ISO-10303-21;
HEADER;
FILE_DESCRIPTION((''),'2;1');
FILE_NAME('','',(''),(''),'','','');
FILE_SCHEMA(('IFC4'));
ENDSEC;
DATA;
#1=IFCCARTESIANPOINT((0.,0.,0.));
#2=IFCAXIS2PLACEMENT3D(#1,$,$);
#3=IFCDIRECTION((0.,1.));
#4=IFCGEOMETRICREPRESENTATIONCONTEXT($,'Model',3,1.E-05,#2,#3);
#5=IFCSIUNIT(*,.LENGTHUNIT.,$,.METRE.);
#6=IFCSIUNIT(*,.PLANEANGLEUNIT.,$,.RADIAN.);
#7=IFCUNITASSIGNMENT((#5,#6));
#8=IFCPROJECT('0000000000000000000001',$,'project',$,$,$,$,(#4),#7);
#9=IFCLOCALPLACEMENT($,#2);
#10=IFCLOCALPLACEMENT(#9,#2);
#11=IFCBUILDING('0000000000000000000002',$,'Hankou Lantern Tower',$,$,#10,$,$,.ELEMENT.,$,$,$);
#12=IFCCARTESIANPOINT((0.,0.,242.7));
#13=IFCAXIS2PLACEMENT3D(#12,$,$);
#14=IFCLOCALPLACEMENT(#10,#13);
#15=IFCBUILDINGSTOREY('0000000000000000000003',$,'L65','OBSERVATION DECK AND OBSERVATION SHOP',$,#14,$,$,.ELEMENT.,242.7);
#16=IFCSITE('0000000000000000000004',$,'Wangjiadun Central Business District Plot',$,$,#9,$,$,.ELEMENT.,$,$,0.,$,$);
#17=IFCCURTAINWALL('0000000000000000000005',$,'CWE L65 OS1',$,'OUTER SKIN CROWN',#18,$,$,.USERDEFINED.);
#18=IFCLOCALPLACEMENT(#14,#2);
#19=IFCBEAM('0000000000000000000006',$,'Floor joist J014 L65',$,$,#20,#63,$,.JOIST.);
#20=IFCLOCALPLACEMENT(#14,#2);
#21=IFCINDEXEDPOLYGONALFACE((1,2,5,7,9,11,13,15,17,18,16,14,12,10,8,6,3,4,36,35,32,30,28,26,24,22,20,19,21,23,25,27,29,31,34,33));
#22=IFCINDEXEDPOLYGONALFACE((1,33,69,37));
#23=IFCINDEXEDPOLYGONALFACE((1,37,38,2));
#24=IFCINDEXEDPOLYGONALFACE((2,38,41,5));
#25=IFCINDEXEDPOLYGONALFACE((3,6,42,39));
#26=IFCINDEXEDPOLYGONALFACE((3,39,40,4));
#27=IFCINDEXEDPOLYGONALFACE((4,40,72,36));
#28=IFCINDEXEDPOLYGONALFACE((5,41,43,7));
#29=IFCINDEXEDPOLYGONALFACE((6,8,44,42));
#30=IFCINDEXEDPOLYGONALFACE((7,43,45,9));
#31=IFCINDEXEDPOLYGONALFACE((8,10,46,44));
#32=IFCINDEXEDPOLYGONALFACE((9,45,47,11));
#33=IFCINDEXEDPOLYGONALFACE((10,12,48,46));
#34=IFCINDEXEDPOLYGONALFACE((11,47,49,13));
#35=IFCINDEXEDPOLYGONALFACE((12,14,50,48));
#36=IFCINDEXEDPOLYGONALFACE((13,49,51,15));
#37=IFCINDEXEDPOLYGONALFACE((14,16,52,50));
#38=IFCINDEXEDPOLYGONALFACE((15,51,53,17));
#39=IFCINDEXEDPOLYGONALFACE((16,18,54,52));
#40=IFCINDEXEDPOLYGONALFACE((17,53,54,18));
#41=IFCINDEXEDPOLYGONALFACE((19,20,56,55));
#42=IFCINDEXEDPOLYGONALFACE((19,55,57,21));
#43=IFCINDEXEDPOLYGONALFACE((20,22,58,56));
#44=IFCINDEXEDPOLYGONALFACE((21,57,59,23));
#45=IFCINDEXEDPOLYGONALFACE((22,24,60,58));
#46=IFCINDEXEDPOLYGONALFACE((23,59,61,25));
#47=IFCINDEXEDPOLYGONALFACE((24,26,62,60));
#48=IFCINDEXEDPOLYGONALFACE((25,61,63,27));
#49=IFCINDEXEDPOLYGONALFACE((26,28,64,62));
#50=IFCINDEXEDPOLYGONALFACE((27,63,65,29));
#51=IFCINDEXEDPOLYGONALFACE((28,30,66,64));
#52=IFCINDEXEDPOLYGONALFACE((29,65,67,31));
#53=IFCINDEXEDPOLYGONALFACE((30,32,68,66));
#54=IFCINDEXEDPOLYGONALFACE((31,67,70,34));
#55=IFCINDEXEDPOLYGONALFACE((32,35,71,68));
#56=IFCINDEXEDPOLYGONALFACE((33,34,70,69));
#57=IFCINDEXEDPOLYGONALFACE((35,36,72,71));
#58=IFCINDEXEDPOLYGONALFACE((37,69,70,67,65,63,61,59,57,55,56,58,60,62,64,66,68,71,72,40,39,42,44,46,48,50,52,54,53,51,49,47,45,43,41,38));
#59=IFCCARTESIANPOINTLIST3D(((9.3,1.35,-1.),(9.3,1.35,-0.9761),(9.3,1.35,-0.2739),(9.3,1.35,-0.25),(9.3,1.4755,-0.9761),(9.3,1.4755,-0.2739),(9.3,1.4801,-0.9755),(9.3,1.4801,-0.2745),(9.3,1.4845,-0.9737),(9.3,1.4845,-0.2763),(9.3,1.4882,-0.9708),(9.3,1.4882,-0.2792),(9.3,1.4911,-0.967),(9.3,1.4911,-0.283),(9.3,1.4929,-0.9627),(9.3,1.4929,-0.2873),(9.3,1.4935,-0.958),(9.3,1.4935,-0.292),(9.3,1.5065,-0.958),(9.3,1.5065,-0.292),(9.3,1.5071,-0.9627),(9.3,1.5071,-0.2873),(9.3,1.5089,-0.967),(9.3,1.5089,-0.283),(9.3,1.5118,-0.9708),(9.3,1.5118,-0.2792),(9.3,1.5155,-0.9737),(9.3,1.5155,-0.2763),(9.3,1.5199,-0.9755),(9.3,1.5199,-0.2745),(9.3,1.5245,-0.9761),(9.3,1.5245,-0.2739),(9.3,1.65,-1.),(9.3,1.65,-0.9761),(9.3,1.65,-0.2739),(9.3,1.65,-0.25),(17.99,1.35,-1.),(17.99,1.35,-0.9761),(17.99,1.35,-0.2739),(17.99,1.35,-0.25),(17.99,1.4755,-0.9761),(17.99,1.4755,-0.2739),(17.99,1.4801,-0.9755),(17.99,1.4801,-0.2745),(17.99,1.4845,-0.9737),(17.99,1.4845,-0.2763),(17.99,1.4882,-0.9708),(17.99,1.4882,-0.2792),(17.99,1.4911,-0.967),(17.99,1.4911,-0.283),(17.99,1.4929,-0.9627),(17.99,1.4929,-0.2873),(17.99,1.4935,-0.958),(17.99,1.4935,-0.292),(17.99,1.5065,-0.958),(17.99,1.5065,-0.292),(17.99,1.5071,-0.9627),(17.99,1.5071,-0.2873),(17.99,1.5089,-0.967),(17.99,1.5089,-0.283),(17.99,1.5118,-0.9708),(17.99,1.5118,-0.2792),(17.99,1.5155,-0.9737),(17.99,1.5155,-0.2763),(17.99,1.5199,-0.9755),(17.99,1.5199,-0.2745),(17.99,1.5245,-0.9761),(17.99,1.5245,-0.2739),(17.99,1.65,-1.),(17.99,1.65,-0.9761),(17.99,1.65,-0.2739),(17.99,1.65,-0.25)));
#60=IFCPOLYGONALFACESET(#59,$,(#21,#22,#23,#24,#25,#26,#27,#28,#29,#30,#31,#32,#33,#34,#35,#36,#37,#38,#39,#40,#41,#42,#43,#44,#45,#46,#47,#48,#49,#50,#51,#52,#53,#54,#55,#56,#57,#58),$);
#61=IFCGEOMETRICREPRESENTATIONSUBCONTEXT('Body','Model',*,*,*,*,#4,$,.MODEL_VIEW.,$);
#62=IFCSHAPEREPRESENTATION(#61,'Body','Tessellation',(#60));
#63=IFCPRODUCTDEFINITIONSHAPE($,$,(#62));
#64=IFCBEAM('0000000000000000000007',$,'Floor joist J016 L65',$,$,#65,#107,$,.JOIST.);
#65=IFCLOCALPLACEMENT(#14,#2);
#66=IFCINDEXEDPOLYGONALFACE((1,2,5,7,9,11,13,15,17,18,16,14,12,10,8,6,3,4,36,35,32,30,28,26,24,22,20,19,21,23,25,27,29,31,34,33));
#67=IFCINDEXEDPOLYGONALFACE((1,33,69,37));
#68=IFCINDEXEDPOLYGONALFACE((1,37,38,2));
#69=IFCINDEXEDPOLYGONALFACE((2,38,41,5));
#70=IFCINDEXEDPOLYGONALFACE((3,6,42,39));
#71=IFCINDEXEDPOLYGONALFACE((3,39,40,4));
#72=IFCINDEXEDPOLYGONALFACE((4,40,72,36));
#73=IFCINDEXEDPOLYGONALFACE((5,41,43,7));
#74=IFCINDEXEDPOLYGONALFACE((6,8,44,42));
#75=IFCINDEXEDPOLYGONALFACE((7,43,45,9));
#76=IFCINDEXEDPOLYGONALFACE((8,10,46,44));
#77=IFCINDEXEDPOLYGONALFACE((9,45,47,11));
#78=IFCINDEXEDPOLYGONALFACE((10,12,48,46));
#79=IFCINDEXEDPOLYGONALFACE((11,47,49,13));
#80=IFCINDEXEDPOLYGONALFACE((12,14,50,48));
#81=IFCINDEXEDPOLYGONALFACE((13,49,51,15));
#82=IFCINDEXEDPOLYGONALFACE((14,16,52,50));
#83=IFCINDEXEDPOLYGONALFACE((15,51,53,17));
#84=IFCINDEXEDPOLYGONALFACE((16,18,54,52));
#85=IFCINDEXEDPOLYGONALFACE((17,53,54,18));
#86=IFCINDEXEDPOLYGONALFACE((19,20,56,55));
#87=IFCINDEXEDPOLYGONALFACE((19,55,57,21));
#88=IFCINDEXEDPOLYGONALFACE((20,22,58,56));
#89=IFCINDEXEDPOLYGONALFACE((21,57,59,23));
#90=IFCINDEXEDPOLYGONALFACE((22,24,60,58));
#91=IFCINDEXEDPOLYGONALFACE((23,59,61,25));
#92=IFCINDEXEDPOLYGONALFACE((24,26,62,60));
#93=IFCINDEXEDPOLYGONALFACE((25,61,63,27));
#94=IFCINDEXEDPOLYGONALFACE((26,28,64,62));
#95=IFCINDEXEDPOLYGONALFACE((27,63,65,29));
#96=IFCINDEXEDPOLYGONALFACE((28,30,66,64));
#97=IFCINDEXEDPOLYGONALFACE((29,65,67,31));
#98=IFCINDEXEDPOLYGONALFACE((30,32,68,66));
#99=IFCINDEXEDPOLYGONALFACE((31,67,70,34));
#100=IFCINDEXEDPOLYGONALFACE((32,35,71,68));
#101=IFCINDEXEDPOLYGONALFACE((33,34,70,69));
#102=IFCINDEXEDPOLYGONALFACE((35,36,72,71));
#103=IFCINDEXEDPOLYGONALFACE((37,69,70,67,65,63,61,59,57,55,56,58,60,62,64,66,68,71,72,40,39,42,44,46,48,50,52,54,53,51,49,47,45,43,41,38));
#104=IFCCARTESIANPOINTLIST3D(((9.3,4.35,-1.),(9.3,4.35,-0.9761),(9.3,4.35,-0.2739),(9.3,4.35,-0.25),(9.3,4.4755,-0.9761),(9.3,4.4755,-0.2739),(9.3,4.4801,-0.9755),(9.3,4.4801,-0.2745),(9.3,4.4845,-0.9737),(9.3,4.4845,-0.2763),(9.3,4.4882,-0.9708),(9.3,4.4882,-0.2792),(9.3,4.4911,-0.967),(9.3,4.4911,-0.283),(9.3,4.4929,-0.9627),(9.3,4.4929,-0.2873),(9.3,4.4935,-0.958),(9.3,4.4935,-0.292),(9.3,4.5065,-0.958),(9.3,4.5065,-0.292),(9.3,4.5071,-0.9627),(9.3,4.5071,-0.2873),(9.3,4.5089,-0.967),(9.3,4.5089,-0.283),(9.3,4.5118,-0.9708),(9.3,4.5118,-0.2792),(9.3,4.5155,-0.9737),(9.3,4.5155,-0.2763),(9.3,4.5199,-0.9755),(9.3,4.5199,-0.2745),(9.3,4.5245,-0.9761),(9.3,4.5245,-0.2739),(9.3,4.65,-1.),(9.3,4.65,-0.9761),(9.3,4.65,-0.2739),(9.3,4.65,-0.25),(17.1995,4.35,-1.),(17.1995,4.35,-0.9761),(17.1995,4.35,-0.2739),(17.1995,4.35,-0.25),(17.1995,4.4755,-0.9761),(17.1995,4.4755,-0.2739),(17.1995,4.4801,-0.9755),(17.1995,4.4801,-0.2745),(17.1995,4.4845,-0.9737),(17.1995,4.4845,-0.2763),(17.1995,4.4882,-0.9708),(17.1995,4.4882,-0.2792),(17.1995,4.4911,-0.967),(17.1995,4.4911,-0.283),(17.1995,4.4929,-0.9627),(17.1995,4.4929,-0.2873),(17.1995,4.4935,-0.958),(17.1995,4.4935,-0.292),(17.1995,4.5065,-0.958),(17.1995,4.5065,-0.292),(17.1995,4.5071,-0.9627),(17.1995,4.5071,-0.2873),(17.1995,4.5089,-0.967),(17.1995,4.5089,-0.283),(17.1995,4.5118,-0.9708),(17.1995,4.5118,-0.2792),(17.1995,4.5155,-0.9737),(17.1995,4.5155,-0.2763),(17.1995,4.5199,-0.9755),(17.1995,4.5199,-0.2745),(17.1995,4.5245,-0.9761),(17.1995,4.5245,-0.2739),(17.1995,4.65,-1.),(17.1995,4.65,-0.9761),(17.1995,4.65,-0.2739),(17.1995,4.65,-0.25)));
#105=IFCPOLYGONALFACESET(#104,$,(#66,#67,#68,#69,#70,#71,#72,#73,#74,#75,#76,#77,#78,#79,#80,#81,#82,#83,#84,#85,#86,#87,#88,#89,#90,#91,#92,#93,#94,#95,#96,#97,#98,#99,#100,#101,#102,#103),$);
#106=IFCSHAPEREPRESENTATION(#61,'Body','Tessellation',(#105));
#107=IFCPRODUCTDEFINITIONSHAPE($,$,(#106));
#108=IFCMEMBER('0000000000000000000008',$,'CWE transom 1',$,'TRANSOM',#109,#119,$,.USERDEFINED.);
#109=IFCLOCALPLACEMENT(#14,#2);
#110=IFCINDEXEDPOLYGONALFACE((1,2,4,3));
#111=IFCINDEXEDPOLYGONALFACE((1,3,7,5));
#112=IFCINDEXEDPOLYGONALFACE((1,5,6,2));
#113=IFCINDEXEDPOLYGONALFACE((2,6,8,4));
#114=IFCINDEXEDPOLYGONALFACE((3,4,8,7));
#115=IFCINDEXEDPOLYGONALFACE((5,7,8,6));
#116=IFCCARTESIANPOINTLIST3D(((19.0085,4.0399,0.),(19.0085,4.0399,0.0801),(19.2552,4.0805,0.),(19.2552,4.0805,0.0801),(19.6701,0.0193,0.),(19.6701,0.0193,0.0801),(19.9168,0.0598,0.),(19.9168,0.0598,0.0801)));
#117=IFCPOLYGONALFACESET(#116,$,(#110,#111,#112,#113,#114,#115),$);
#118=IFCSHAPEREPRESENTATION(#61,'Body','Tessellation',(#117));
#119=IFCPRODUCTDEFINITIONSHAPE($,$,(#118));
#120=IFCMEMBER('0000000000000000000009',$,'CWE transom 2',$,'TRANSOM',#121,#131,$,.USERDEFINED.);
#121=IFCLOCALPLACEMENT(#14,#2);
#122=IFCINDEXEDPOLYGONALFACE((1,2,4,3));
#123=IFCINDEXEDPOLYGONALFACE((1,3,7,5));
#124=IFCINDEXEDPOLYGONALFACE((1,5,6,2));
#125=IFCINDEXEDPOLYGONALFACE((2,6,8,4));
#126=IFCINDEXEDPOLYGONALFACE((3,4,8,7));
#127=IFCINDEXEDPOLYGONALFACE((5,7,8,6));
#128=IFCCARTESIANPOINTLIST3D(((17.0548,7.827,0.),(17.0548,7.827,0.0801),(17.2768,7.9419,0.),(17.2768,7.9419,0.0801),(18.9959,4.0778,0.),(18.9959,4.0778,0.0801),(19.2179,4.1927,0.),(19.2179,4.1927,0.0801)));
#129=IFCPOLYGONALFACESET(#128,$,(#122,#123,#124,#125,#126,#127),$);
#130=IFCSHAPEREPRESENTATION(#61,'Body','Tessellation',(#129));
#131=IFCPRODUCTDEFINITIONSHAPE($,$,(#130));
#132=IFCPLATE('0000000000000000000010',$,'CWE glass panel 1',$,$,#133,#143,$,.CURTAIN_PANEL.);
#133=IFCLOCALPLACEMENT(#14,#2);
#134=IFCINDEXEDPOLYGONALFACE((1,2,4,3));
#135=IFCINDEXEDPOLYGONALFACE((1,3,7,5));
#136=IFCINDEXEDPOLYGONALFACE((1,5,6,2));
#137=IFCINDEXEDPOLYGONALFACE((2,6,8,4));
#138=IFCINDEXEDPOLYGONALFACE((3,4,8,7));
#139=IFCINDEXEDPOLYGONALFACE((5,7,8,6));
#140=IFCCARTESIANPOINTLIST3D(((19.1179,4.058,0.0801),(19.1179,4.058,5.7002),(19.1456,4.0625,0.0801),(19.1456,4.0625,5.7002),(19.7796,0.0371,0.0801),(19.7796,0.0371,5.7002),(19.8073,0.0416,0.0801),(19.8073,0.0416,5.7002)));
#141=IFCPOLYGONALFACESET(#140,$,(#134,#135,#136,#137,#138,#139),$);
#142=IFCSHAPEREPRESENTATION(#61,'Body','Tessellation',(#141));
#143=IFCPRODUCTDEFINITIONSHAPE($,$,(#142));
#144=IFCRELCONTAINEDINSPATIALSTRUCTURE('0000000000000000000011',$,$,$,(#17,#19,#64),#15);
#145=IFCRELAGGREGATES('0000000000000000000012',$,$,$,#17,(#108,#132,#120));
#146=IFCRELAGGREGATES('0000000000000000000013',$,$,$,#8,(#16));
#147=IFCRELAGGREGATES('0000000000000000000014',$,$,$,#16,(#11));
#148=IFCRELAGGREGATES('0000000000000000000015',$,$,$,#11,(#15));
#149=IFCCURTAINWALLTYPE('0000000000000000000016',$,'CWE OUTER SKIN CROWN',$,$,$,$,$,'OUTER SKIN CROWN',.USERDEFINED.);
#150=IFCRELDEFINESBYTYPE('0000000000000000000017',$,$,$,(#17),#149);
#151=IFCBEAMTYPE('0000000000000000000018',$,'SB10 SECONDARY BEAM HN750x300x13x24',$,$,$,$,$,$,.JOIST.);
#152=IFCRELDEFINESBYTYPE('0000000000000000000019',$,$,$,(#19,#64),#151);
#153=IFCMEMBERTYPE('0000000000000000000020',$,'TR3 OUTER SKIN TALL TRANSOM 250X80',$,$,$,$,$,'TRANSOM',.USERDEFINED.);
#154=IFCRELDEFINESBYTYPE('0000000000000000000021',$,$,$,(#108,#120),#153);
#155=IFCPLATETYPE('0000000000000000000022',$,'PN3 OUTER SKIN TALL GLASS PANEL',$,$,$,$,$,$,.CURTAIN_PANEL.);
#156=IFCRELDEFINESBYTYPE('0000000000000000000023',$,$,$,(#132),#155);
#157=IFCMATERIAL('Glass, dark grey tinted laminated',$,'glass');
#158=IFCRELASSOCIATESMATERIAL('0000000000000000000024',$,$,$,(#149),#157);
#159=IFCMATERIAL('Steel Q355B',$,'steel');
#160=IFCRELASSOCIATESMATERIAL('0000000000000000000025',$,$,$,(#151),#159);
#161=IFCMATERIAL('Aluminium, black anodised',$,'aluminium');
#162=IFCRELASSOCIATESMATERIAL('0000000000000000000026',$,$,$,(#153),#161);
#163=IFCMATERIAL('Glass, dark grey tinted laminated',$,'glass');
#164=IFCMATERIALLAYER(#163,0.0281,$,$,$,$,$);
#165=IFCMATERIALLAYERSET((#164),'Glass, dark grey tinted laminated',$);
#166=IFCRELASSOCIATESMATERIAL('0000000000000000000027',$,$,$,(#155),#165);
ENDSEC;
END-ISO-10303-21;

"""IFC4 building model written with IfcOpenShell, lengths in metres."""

from ifc_helpers import new_model, si_unit, direction, frame, origin, origin_2d, place, context, subcontext, project, spatial, rectangle, i_section, extrude, material, layer, layer_set, material_profile, profile_set, type_object, element, aggregate, save


model = new_model("IFC4")

# Units and contexts
model_context = context("Model", 3, precision=1e-05, world=origin(), true_north=direction((0.0, 1.0)))
body_context = subcontext(model_context, "Body", "Model", "MODEL_VIEW")
ifc_project = project(units=[si_unit("LENGTHUNIT", "METRE"), si_unit("PLANEANGLEUNIT", "RADIAN")], contexts=[model_context])

# Site, building, storey
site_placement = place(None, origin())
site = spatial("IfcSite", under=ifc_project, at=site_placement, Name="Wangjiadun Central Business District Plot", CompositionType="ELEMENT", RefElevation=0.0)
building_placement = place(site_placement, origin())
building = spatial("IfcBuilding", under=site, at=building_placement, Name="Hankou Lantern Tower", CompositionType="ELEMENT")
storey_placement = place(building_placement, frame((0.0, 0.0, 242.7)))
storey = spatial("IfcBuildingStorey", under=building, at=storey_placement, Name="L65", Description="OBSERVATION DECK AND OBSERVATION SHOP", CompositionType="ELEMENT", Elevation=242.7)

# Curtain wall
ifc_material_1 = material(Name="Glass, dark grey tinted laminated", Category="glass")
curtain_wall_type = type_object("IfcCurtainWallType", Name="CWE OUTER SKIN CROWN", ElementType="OUTER SKIN CROWN", PredefinedType="USERDEFINED", material=ifc_material_1)
curtain_wall_placement = place(storey_placement, origin())
curtain_wall = element("IfcCurtainWall", 1, at=curtain_wall_placement, inside=storey, type_object=curtain_wall_type, Name="CWE L65 OS1", ObjectType="OUTER SKIN CROWN", PredefinedType="USERDEFINED")

# Beams
ifc_material_2 = material(Name="Steel Q355B", Category="steel")
ifc_material_profile_1 = material_profile(ifc_material_2, i_section(OverallWidth=0.3, OverallDepth=0.75, WebThickness=0.0129, FlangeThickness=0.0239, FilletRadius=0.0181, at=origin_2d()), Name="HN750x300x13x24")
ifc_profile_set_1 = profile_set([ifc_material_profile_1], Name="Steel Q355B")
beam_type_1 = type_object("IfcBeamType", Name="SB10 SECONDARY BEAM HN750x300x13x24", PredefinedType="JOIST", material=ifc_profile_set_1)
beam_1_placement = place(storey_placement, frame((9.3, 1.5, -0.625), z_axis=(1.0, 0.0, 0.0), x_axis=(0.0, 1.0, 0.0)))
element("IfcBeam", 2, at=beam_1_placement, inside=storey, type_object=beam_type_1, Name="Floor joist J014 L65", PredefinedType="JOIST", context=body_context, shape_type="SweptSolid", body=[
    extrude(i_section(OverallWidth=0.3, OverallDepth=0.75, WebThickness=0.0129, FlangeThickness=0.0239, FilletRadius=0.0181, at=origin_2d()), origin(), (0.0, 0.0, 1.0), 8.6899),
])
beam_2_placement = place(storey_placement, frame((9.3, 4.5, -0.625), z_axis=(1.0, 0.0, 0.0), x_axis=(0.0, 1.0, 0.0)))
element("IfcBeam", 3, at=beam_2_placement, inside=storey, type_object=beam_type_1, Name="Floor joist J016 L65", PredefinedType="JOIST", context=body_context, shape_type="SweptSolid", body=[
    extrude(i_section(OverallWidth=0.3, OverallDepth=0.75, WebThickness=0.0129, FlangeThickness=0.0239, FilletRadius=0.0181, at=origin_2d()), origin(), (0.0, 0.0, 1.0), 7.8994),
])

# Members
ifc_material_3 = material(Name="Aluminium, black anodised", Category="aluminium")
ifc_material_profile_2 = material_profile(ifc_material_3, rectangle(XDim=0.25, YDim=0.0801, at=origin_2d()), Name="TR3 250X80")
ifc_profile_set_2 = profile_set([ifc_material_profile_2], Name="Aluminium, black anodised")
member_type_1 = type_object("IfcMemberType", Name="TR3 OUTER SKIN TALL TRANSOM 250X80", ElementType="TRANSOM", PredefinedType="USERDEFINED", material=ifc_profile_set_2)
member_1_placement = place(storey_placement, frame((19.7935, 0.0396, 0.04), z_axis=(-0.162368, 0.98673, 0.0), x_axis=(-0.98673, -0.162368, 0.0)))
member_1 = element("IfcMember", 4, at=member_1_placement, type_object=member_type_1, Name="CWE transom 1", ObjectType="TRANSOM", PredefinedType="USERDEFINED", context=body_context, shape_type="SweptSolid", body=[
    extrude(rectangle(XDim=0.25, YDim=0.0801, at=origin_2d()), origin(), (0.0, 0.0, 1.0), 4.0747),
])
member_2_placement = place(storey_placement, frame((19.1069, 4.1353, 0.04), z_axis=(-0.459775, 0.888035, 0.0), x_axis=(-0.888035, -0.459775, 0.0)))
member_2 = element("IfcMember", 5, at=member_2_placement, type_object=member_type_1, Name="CWE transom 2", ObjectType="TRANSOM", PredefinedType="USERDEFINED", context=body_context, shape_type="SweptSolid", body=[
    extrude(rectangle(XDim=0.25, YDim=0.0801, at=origin_2d()), origin(), (0.0, 0.0, 1.0), 4.2219),
])

# Plate
ifc_material_4 = material(Name="Glass, dark grey tinted laminated", Category="glass")
ifc_layer_1 = layer(ifc_material_4, 0.0281)
ifc_layer_set_1 = layer_set([ifc_layer_1], Name="Glass, dark grey tinted laminated")
plate_type = type_object("IfcPlateType", Name="PN3 OUTER SKIN TALL GLASS PANEL", PredefinedType="CURTAIN_PANEL", material=ifc_layer_set_1)
plate_placement = place(storey_placement, frame((19.4626, 2.0498, 0.0801), z_axis=(0.0, 0.0, 1.0), x_axis=(-0.162382, 0.986728, 0.0)))
plate = element("IfcPlate", 6, at=plate_placement, type_object=plate_type, Name="CWE glass panel 1", PredefinedType="CURTAIN_PANEL", context=body_context, shape_type="SweptSolid", body=[
    extrude(rectangle(XDim=4.075, YDim=0.0281, at=origin_2d()), origin(), (0.0, 0.0, 1.0), 5.6201),
])
aggregate(curtain_wall, [member_1, plate, member_2])

save(model, "model.ifc")
